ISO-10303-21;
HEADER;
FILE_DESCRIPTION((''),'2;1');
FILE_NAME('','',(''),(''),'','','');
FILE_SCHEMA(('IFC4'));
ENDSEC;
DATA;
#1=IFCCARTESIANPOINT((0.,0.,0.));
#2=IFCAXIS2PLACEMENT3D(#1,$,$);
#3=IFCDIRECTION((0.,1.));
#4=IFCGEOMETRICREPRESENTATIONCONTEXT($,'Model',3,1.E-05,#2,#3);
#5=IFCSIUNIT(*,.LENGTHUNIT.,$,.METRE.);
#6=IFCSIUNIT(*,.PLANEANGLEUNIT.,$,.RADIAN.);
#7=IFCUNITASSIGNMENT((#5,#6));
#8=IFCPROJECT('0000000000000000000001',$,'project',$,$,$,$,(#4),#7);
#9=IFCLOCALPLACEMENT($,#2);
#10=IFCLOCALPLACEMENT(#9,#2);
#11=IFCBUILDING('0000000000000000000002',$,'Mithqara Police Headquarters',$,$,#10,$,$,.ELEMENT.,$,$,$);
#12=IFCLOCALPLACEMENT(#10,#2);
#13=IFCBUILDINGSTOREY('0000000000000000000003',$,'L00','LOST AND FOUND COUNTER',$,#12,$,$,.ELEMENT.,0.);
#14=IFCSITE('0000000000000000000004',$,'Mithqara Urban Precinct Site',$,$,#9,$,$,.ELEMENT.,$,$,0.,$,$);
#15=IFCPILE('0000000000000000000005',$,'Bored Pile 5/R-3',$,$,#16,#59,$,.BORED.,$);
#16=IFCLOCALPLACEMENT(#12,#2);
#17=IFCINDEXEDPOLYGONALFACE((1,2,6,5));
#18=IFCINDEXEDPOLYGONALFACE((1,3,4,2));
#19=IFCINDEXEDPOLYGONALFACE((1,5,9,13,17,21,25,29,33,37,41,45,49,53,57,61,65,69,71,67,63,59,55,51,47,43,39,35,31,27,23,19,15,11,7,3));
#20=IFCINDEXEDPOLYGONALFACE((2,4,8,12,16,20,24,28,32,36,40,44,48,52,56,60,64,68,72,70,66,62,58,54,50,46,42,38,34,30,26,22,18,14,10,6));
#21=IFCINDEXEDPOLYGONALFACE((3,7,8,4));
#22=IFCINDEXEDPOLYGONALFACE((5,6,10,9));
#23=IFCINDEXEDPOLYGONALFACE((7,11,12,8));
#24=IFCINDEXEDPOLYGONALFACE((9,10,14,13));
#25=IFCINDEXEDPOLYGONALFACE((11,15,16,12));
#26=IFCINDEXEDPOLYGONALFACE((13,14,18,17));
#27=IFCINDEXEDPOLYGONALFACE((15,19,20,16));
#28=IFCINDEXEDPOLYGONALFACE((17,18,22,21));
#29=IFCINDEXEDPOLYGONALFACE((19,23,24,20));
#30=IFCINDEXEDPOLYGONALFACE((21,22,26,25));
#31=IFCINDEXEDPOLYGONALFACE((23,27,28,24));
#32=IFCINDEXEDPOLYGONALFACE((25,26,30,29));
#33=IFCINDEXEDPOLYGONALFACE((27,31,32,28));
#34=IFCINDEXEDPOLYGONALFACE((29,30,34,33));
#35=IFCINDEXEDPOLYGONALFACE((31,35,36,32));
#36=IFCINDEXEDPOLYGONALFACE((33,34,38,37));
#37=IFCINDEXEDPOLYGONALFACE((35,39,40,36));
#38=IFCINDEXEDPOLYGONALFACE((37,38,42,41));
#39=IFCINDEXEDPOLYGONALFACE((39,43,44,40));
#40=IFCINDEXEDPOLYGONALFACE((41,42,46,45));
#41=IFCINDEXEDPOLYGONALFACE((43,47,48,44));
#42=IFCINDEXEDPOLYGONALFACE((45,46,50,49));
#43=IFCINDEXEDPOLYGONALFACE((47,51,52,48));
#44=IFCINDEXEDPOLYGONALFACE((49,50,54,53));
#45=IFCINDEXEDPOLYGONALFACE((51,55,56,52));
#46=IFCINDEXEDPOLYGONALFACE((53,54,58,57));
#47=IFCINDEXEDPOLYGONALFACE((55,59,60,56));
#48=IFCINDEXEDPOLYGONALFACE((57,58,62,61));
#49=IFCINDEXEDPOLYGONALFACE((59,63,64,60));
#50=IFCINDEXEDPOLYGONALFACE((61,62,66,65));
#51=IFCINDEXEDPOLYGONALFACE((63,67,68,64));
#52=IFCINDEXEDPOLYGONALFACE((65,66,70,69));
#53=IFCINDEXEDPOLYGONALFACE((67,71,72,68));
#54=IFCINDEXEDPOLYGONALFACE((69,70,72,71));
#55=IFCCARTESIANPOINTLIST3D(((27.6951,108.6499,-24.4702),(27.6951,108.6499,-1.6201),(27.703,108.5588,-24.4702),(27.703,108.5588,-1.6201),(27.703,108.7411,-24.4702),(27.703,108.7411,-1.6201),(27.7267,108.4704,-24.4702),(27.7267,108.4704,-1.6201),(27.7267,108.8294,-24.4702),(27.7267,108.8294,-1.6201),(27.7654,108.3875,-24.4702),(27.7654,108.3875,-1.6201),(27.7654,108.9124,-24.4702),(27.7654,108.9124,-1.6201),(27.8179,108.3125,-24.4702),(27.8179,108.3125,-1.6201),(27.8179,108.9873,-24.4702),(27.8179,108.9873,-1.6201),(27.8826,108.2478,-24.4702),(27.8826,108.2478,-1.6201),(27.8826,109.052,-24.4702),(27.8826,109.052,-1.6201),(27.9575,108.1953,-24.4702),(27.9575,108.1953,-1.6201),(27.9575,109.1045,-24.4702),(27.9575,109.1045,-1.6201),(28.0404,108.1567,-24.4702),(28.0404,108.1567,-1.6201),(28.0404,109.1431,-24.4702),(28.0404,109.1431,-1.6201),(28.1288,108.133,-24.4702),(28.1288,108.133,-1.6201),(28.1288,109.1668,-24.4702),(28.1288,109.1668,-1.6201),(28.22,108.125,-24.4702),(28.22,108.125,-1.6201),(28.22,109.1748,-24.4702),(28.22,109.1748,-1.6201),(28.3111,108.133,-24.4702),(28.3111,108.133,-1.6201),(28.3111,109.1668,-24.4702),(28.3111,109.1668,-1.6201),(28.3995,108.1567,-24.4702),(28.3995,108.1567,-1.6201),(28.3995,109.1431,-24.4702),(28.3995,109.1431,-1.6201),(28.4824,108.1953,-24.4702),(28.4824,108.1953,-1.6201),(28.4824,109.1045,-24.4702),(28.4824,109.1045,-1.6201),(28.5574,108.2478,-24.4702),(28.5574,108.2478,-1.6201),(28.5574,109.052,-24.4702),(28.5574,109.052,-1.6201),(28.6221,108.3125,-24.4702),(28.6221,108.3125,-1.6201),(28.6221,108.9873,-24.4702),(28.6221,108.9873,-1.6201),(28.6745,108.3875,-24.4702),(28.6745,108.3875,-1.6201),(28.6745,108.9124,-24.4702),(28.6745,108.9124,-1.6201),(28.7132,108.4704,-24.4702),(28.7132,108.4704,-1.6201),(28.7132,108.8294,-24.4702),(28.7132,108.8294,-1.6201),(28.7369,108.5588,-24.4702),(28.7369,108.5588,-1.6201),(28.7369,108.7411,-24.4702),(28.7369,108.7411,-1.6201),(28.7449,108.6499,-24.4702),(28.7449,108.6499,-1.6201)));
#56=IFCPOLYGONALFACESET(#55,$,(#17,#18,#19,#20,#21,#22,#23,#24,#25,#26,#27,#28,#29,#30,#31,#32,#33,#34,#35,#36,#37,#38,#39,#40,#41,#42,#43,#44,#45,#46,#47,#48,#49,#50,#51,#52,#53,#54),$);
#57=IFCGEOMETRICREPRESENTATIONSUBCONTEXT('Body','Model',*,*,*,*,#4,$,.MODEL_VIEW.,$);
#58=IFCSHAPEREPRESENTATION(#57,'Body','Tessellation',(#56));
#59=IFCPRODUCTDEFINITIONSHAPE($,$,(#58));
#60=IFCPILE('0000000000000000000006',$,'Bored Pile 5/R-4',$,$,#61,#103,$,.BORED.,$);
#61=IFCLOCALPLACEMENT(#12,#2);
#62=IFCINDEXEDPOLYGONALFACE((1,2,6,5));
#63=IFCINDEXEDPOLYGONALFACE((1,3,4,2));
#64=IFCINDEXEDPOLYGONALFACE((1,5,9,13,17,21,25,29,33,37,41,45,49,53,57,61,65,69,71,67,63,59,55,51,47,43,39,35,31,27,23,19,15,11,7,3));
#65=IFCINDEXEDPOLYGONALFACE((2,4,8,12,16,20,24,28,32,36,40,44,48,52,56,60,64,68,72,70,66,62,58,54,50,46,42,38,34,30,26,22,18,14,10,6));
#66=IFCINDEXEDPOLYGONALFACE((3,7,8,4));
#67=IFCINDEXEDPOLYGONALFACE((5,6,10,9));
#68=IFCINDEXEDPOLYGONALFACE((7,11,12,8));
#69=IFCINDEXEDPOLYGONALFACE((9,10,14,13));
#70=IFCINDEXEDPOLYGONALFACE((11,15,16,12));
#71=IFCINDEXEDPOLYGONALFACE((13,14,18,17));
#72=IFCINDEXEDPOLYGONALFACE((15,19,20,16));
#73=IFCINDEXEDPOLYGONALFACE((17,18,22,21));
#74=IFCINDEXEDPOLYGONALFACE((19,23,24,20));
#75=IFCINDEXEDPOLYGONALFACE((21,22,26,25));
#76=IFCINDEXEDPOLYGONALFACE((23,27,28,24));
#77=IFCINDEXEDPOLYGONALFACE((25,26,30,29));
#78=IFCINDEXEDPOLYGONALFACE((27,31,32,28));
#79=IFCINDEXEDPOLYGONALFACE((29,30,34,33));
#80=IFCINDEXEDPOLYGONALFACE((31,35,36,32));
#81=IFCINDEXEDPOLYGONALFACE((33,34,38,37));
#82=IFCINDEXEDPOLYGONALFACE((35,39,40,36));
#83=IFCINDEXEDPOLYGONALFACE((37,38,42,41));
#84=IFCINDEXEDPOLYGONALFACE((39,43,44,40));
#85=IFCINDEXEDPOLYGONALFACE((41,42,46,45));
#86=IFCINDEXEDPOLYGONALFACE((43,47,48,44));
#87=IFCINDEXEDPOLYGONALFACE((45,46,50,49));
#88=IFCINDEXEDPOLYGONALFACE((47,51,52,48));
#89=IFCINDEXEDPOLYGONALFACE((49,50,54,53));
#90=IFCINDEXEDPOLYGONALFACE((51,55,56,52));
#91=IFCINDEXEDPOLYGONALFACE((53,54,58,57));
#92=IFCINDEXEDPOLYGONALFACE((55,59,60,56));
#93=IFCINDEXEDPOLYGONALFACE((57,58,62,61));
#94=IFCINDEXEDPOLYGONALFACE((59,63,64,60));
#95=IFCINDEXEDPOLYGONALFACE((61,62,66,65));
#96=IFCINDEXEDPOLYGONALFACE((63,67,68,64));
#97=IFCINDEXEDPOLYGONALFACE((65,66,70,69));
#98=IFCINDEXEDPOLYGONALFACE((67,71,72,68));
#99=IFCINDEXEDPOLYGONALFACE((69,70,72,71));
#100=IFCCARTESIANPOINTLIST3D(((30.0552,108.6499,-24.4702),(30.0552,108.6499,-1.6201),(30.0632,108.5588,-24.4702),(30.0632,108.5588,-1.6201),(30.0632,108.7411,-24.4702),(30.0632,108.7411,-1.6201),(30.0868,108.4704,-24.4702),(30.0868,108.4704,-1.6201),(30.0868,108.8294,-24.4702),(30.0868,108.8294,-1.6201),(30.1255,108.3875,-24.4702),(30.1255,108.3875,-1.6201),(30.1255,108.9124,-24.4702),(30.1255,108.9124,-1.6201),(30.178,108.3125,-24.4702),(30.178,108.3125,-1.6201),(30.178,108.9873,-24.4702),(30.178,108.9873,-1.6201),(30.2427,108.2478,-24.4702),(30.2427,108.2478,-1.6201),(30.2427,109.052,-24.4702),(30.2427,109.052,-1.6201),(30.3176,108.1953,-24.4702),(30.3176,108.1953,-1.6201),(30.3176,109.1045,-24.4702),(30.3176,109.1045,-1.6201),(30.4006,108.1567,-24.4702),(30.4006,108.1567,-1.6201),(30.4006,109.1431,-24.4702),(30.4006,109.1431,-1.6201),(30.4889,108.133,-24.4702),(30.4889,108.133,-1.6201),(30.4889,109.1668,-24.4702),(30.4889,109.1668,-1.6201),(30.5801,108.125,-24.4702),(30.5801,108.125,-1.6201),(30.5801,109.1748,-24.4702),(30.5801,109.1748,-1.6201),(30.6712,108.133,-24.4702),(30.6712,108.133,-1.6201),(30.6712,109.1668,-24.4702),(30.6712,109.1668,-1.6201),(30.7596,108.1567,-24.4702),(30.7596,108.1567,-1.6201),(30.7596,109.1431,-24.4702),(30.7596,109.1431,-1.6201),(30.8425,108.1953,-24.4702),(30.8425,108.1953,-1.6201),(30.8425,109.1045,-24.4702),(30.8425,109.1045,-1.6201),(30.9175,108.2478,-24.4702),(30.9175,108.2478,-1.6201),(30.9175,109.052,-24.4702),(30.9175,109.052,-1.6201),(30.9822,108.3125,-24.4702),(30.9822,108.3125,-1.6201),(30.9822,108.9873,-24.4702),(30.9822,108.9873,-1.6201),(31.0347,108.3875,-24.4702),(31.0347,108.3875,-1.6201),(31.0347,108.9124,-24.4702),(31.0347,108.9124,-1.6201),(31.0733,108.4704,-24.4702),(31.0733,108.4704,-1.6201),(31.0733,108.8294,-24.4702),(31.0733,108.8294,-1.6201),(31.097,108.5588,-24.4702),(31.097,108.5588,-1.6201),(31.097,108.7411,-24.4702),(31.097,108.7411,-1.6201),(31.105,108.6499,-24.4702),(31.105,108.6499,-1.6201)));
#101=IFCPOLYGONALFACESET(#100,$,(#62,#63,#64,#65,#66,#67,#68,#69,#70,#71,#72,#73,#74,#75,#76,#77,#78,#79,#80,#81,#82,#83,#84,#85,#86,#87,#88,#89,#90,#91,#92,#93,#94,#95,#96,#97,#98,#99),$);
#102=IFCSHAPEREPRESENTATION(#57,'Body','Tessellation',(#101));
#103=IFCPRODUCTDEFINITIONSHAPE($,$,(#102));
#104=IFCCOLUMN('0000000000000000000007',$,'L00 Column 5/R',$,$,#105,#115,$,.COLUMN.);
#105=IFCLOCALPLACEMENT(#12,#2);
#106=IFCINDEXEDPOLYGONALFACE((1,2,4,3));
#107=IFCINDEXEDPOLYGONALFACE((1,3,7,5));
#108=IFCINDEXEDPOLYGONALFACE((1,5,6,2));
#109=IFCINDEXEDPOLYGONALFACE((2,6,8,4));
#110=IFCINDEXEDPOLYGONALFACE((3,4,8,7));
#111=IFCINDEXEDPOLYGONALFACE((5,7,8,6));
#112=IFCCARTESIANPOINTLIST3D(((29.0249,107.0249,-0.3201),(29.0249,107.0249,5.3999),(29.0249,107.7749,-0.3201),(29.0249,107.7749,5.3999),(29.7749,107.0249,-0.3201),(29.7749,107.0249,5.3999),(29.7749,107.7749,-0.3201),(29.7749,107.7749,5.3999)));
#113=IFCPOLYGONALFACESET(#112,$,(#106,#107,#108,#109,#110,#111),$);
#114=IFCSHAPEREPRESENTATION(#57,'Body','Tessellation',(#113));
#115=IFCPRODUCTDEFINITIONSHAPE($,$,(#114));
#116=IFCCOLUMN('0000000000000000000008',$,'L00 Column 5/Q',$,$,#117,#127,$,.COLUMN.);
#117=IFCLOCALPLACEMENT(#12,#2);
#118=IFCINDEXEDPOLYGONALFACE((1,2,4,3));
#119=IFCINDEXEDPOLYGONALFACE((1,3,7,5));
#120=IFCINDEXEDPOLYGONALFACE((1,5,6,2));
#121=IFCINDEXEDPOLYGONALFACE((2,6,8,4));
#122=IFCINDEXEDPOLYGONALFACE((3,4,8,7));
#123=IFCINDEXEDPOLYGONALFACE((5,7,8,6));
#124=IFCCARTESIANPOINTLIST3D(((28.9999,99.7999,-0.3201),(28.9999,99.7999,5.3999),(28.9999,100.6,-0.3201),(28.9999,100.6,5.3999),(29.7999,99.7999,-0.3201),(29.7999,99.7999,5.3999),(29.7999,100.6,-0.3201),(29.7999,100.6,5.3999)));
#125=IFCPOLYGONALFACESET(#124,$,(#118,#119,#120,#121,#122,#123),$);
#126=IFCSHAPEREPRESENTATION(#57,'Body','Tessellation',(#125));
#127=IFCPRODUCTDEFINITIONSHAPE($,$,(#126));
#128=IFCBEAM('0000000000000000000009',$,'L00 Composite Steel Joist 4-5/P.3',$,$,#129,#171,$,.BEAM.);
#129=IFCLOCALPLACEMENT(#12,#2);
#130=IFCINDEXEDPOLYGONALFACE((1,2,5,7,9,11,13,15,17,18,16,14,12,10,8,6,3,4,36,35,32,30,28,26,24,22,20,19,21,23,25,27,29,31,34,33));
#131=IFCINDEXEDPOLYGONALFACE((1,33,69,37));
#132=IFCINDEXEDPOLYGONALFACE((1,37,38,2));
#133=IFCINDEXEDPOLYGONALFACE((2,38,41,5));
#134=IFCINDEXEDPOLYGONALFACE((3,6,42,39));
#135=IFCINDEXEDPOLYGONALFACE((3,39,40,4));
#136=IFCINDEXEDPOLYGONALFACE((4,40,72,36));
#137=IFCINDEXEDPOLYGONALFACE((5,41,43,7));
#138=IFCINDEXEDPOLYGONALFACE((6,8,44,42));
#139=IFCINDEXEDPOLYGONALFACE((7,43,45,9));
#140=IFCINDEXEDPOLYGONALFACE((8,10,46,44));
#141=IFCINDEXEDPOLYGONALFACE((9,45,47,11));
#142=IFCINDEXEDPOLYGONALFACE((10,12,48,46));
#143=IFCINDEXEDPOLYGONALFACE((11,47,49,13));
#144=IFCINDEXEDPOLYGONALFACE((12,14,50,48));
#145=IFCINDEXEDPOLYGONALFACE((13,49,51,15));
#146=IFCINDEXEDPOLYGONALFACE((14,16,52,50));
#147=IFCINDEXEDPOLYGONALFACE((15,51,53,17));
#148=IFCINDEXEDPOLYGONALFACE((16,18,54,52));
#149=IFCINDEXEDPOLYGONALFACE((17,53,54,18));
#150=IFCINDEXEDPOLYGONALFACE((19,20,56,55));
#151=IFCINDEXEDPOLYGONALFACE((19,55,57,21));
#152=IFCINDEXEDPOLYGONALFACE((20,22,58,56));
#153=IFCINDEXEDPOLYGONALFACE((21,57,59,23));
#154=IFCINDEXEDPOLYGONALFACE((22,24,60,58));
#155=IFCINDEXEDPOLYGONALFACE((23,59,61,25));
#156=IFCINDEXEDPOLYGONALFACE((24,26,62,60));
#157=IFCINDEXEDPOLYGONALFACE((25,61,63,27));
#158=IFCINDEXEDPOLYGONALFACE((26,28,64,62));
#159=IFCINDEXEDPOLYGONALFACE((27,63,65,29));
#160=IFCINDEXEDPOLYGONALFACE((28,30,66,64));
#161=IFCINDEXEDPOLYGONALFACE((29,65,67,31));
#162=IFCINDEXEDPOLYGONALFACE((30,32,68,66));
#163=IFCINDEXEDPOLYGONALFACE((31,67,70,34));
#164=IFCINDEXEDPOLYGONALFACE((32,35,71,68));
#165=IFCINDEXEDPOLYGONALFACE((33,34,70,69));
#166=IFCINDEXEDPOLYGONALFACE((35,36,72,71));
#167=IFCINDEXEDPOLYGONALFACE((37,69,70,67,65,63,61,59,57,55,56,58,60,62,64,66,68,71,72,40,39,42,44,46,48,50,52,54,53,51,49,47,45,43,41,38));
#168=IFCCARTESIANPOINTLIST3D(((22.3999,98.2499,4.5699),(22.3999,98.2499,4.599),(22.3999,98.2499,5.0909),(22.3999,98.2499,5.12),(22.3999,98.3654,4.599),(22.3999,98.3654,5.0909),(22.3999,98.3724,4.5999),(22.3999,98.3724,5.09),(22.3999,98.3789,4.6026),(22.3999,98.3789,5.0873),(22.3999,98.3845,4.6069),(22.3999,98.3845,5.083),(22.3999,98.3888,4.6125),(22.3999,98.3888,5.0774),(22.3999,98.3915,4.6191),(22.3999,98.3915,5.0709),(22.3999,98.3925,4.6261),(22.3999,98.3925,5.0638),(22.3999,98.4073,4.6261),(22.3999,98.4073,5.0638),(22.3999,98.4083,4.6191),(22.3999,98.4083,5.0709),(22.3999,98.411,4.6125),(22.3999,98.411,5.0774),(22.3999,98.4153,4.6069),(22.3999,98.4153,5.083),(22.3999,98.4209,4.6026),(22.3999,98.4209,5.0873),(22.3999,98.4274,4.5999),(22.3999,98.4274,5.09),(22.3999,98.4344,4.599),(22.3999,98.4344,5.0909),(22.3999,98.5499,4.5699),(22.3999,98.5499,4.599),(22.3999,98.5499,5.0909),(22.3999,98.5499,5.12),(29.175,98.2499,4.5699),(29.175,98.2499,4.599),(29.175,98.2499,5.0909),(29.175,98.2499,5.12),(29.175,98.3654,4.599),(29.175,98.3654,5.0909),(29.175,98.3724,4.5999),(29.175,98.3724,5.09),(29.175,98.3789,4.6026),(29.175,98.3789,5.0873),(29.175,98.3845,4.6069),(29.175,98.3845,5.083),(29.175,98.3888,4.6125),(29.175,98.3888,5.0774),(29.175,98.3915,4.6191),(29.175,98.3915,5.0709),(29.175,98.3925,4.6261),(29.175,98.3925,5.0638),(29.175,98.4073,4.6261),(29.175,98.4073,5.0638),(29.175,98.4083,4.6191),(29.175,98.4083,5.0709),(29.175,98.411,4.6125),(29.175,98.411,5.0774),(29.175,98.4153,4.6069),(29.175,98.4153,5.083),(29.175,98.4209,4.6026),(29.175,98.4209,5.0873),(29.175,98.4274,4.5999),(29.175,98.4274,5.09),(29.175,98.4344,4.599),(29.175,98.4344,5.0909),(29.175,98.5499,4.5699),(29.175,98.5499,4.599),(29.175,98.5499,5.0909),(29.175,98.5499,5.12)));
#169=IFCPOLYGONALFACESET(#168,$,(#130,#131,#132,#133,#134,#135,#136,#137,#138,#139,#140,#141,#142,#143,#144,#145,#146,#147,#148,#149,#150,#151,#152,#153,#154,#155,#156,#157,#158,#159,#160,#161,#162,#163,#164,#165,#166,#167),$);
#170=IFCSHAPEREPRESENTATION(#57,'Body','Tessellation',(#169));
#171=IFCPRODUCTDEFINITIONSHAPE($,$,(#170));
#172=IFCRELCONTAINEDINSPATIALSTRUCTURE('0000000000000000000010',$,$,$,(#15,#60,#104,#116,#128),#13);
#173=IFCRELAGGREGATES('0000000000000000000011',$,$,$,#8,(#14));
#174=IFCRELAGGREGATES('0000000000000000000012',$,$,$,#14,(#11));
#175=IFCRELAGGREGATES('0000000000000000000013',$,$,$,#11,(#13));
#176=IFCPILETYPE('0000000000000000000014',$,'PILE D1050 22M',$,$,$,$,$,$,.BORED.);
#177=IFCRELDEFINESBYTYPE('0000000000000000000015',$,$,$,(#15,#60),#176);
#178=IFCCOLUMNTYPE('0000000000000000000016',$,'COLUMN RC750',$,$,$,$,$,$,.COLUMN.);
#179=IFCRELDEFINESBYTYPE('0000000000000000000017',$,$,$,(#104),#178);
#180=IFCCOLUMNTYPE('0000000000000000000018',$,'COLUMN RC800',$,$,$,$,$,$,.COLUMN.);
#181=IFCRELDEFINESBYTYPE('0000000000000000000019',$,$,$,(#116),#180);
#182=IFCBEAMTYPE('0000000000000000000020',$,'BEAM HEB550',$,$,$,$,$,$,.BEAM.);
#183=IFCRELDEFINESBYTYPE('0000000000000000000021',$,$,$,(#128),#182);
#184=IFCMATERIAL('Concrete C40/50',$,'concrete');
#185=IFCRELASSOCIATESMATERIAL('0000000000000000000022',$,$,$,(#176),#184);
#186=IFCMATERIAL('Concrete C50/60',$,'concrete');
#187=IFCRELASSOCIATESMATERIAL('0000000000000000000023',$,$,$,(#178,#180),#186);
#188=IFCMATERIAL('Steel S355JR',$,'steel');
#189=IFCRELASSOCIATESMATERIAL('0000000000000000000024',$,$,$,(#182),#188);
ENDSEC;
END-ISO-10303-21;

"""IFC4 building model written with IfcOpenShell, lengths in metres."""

from ifc_helpers import new_model, si_unit, direction, frame, origin, origin_2d, place, context, subcontext, project, spatial, rectangle, circle, i_section, extrude, material, material_profile, profile_set, type_object, element, save


model = new_model("IFC4")

# Units and contexts
model_context = context("Model", 3, precision=1e-05, world=origin(), true_north=direction((0.0, 1.0)))
body_context = subcontext(model_context, "Body", "Model", "MODEL_VIEW")
ifc_project = project(units=[si_unit("LENGTHUNIT", "METRE"), si_unit("PLANEANGLEUNIT", "RADIAN")], contexts=[model_context])

# Site, building, storey
site_placement = place(None, origin())
site = spatial("IfcSite", under=ifc_project, at=site_placement, Name="Mithqara Urban Precinct Site", CompositionType="ELEMENT", RefElevation=0.0)
building_placement = place(site_placement, origin())
building = spatial("IfcBuilding", under=site, at=building_placement, Name="Mithqara Police Headquarters", CompositionType="ELEMENT")
storey_placement = place(building_placement, origin())
storey = spatial("IfcBuildingStorey", under=building, at=storey_placement, Name="L00", Description="LOST AND FOUND COUNTER", CompositionType="ELEMENT", Elevation=0.0)

# Shared definitions
ifc_material_1 = material(Name="Concrete C40/50", Category="concrete")

# Piles
ifc_material_profile_1 = material_profile(ifc_material_1, circle(Radius=0.5249, at=origin_2d()), Name="PILE D1050")
ifc_profile_set_1 = profile_set([ifc_material_profile_1], Name="Concrete C40/50")
pile_type = type_object("IfcPileType", Name="PILE D1050 22M", PredefinedType="BORED", material=ifc_profile_set_1)
for number, where, z_axis, x_axis, name in (
    (1, (28.22, 108.6499, -1.6201), (0.0, 0.0, -1.0), (1.0, 0.0, 0.0), "Bored Pile 5/R-3"),
    (2, (30.5801, 108.6499, -1.6201), (0.0, 0.0, -1.0), (1.0, 0.0, 0.0), "Bored Pile 5/R-4"),
):
    element("IfcPile", number, at=place(storey_placement, frame(where, z_axis=z_axis, x_axis=x_axis)), inside=storey, type_object=pile_type, Name=name, PredefinedType="BORED", context=body_context, shape_type="SweptSolid", body=[
        extrude(circle(Radius=0.5249, at=origin_2d()), origin(), (0.0, 0.0, 1.0), 22.8501),
    ])

# Columns
ifc_material_2 = material(Name="Concrete C50/60", Category="concrete")
ifc_material_profile_2 = material_profile(ifc_material_2, rectangle(XDim=0.75, YDim=0.75, at=origin_2d()), Name="RC 750x750")
ifc_profile_set_2 = profile_set([ifc_material_profile_2], Name="Concrete C50/60")
column_type_1 = type_object("IfcColumnType", Name="COLUMN RC750", PredefinedType="COLUMN", material=ifc_profile_set_2)
column_1_placement = place(storey_placement, frame((29.3999, 107.3999, -0.3201), z_axis=(0.0, 0.0, 1.0), x_axis=(1.0, 0.0, 0.0)))
element("IfcColumn", 3, at=column_1_placement, inside=storey, type_object=column_type_1, Name="L00 Column 5/R", PredefinedType="COLUMN", context=body_context, shape_type="SweptSolid", body=[
    extrude(rectangle(XDim=0.75, YDim=0.75, at=origin_2d()), origin(), (0.0, 0.0, 1.0), 5.72),
])
ifc_material_profile_3 = material_profile(ifc_material_2, rectangle(XDim=0.8, YDim=0.8, at=origin_2d()), Name="RC 800x800")
ifc_profile_set_3 = profile_set([ifc_material_profile_3], Name="Concrete C50/60")
column_type_2 = type_object("IfcColumnType", Name="COLUMN RC800", PredefinedType="COLUMN", material=ifc_profile_set_3)
column_2_placement = place(storey_placement, frame((29.3999, 100.2, -0.3201), z_axis=(0.0, 0.0, 1.0), x_axis=(1.0, 0.0, 0.0)))
element("IfcColumn", 4, at=column_2_placement, inside=storey, type_object=column_type_2, Name="L00 Column 5/Q", PredefinedType="COLUMN", context=body_context, shape_type="SweptSolid", body=[
    extrude(rectangle(XDim=0.8, YDim=0.8, at=origin_2d()), origin(), (0.0, 0.0, 1.0), 5.72),
])

# Beam
ifc_material_3 = material(Name="Steel S355JR", Category="steel")
ifc_material_profile_4 = material_profile(ifc_material_3, i_section(OverallWidth=0.3, OverallDepth=0.55, WebThickness=0.0149, FlangeThickness=0.0291, FilletRadius=0.0271, at=origin_2d()), Name="HEB 550")
ifc_profile_set_4 = profile_set([ifc_material_profile_4], Name="Steel S355JR")
beam_type_1 = type_object("IfcBeamType", Name="BEAM HEB550", PredefinedType="BEAM", material=ifc_profile_set_4)
beam_1_placement = place(storey_placement, frame((22.3999, 98.3999, 4.845), z_axis=(1.0, 0.0, 0.0), x_axis=(0.0, 1.0, 0.0)))
element("IfcBeam", 5, at=beam_1_placement, inside=storey, type_object=beam_type_1, Name="L00 Composite Steel Joist 4-5/P.3", PredefinedType="BEAM", context=body_context, shape_type="SweptSolid", body=[
    extrude(i_section(OverallWidth=0.3, OverallDepth=0.55, WebThickness=0.0149, FlangeThickness=0.0291, FilletRadius=0.0271, at=origin_2d()), origin(), (0.0, 0.0, 1.0), 6.7751),
])

save(model, "model.ifc")
